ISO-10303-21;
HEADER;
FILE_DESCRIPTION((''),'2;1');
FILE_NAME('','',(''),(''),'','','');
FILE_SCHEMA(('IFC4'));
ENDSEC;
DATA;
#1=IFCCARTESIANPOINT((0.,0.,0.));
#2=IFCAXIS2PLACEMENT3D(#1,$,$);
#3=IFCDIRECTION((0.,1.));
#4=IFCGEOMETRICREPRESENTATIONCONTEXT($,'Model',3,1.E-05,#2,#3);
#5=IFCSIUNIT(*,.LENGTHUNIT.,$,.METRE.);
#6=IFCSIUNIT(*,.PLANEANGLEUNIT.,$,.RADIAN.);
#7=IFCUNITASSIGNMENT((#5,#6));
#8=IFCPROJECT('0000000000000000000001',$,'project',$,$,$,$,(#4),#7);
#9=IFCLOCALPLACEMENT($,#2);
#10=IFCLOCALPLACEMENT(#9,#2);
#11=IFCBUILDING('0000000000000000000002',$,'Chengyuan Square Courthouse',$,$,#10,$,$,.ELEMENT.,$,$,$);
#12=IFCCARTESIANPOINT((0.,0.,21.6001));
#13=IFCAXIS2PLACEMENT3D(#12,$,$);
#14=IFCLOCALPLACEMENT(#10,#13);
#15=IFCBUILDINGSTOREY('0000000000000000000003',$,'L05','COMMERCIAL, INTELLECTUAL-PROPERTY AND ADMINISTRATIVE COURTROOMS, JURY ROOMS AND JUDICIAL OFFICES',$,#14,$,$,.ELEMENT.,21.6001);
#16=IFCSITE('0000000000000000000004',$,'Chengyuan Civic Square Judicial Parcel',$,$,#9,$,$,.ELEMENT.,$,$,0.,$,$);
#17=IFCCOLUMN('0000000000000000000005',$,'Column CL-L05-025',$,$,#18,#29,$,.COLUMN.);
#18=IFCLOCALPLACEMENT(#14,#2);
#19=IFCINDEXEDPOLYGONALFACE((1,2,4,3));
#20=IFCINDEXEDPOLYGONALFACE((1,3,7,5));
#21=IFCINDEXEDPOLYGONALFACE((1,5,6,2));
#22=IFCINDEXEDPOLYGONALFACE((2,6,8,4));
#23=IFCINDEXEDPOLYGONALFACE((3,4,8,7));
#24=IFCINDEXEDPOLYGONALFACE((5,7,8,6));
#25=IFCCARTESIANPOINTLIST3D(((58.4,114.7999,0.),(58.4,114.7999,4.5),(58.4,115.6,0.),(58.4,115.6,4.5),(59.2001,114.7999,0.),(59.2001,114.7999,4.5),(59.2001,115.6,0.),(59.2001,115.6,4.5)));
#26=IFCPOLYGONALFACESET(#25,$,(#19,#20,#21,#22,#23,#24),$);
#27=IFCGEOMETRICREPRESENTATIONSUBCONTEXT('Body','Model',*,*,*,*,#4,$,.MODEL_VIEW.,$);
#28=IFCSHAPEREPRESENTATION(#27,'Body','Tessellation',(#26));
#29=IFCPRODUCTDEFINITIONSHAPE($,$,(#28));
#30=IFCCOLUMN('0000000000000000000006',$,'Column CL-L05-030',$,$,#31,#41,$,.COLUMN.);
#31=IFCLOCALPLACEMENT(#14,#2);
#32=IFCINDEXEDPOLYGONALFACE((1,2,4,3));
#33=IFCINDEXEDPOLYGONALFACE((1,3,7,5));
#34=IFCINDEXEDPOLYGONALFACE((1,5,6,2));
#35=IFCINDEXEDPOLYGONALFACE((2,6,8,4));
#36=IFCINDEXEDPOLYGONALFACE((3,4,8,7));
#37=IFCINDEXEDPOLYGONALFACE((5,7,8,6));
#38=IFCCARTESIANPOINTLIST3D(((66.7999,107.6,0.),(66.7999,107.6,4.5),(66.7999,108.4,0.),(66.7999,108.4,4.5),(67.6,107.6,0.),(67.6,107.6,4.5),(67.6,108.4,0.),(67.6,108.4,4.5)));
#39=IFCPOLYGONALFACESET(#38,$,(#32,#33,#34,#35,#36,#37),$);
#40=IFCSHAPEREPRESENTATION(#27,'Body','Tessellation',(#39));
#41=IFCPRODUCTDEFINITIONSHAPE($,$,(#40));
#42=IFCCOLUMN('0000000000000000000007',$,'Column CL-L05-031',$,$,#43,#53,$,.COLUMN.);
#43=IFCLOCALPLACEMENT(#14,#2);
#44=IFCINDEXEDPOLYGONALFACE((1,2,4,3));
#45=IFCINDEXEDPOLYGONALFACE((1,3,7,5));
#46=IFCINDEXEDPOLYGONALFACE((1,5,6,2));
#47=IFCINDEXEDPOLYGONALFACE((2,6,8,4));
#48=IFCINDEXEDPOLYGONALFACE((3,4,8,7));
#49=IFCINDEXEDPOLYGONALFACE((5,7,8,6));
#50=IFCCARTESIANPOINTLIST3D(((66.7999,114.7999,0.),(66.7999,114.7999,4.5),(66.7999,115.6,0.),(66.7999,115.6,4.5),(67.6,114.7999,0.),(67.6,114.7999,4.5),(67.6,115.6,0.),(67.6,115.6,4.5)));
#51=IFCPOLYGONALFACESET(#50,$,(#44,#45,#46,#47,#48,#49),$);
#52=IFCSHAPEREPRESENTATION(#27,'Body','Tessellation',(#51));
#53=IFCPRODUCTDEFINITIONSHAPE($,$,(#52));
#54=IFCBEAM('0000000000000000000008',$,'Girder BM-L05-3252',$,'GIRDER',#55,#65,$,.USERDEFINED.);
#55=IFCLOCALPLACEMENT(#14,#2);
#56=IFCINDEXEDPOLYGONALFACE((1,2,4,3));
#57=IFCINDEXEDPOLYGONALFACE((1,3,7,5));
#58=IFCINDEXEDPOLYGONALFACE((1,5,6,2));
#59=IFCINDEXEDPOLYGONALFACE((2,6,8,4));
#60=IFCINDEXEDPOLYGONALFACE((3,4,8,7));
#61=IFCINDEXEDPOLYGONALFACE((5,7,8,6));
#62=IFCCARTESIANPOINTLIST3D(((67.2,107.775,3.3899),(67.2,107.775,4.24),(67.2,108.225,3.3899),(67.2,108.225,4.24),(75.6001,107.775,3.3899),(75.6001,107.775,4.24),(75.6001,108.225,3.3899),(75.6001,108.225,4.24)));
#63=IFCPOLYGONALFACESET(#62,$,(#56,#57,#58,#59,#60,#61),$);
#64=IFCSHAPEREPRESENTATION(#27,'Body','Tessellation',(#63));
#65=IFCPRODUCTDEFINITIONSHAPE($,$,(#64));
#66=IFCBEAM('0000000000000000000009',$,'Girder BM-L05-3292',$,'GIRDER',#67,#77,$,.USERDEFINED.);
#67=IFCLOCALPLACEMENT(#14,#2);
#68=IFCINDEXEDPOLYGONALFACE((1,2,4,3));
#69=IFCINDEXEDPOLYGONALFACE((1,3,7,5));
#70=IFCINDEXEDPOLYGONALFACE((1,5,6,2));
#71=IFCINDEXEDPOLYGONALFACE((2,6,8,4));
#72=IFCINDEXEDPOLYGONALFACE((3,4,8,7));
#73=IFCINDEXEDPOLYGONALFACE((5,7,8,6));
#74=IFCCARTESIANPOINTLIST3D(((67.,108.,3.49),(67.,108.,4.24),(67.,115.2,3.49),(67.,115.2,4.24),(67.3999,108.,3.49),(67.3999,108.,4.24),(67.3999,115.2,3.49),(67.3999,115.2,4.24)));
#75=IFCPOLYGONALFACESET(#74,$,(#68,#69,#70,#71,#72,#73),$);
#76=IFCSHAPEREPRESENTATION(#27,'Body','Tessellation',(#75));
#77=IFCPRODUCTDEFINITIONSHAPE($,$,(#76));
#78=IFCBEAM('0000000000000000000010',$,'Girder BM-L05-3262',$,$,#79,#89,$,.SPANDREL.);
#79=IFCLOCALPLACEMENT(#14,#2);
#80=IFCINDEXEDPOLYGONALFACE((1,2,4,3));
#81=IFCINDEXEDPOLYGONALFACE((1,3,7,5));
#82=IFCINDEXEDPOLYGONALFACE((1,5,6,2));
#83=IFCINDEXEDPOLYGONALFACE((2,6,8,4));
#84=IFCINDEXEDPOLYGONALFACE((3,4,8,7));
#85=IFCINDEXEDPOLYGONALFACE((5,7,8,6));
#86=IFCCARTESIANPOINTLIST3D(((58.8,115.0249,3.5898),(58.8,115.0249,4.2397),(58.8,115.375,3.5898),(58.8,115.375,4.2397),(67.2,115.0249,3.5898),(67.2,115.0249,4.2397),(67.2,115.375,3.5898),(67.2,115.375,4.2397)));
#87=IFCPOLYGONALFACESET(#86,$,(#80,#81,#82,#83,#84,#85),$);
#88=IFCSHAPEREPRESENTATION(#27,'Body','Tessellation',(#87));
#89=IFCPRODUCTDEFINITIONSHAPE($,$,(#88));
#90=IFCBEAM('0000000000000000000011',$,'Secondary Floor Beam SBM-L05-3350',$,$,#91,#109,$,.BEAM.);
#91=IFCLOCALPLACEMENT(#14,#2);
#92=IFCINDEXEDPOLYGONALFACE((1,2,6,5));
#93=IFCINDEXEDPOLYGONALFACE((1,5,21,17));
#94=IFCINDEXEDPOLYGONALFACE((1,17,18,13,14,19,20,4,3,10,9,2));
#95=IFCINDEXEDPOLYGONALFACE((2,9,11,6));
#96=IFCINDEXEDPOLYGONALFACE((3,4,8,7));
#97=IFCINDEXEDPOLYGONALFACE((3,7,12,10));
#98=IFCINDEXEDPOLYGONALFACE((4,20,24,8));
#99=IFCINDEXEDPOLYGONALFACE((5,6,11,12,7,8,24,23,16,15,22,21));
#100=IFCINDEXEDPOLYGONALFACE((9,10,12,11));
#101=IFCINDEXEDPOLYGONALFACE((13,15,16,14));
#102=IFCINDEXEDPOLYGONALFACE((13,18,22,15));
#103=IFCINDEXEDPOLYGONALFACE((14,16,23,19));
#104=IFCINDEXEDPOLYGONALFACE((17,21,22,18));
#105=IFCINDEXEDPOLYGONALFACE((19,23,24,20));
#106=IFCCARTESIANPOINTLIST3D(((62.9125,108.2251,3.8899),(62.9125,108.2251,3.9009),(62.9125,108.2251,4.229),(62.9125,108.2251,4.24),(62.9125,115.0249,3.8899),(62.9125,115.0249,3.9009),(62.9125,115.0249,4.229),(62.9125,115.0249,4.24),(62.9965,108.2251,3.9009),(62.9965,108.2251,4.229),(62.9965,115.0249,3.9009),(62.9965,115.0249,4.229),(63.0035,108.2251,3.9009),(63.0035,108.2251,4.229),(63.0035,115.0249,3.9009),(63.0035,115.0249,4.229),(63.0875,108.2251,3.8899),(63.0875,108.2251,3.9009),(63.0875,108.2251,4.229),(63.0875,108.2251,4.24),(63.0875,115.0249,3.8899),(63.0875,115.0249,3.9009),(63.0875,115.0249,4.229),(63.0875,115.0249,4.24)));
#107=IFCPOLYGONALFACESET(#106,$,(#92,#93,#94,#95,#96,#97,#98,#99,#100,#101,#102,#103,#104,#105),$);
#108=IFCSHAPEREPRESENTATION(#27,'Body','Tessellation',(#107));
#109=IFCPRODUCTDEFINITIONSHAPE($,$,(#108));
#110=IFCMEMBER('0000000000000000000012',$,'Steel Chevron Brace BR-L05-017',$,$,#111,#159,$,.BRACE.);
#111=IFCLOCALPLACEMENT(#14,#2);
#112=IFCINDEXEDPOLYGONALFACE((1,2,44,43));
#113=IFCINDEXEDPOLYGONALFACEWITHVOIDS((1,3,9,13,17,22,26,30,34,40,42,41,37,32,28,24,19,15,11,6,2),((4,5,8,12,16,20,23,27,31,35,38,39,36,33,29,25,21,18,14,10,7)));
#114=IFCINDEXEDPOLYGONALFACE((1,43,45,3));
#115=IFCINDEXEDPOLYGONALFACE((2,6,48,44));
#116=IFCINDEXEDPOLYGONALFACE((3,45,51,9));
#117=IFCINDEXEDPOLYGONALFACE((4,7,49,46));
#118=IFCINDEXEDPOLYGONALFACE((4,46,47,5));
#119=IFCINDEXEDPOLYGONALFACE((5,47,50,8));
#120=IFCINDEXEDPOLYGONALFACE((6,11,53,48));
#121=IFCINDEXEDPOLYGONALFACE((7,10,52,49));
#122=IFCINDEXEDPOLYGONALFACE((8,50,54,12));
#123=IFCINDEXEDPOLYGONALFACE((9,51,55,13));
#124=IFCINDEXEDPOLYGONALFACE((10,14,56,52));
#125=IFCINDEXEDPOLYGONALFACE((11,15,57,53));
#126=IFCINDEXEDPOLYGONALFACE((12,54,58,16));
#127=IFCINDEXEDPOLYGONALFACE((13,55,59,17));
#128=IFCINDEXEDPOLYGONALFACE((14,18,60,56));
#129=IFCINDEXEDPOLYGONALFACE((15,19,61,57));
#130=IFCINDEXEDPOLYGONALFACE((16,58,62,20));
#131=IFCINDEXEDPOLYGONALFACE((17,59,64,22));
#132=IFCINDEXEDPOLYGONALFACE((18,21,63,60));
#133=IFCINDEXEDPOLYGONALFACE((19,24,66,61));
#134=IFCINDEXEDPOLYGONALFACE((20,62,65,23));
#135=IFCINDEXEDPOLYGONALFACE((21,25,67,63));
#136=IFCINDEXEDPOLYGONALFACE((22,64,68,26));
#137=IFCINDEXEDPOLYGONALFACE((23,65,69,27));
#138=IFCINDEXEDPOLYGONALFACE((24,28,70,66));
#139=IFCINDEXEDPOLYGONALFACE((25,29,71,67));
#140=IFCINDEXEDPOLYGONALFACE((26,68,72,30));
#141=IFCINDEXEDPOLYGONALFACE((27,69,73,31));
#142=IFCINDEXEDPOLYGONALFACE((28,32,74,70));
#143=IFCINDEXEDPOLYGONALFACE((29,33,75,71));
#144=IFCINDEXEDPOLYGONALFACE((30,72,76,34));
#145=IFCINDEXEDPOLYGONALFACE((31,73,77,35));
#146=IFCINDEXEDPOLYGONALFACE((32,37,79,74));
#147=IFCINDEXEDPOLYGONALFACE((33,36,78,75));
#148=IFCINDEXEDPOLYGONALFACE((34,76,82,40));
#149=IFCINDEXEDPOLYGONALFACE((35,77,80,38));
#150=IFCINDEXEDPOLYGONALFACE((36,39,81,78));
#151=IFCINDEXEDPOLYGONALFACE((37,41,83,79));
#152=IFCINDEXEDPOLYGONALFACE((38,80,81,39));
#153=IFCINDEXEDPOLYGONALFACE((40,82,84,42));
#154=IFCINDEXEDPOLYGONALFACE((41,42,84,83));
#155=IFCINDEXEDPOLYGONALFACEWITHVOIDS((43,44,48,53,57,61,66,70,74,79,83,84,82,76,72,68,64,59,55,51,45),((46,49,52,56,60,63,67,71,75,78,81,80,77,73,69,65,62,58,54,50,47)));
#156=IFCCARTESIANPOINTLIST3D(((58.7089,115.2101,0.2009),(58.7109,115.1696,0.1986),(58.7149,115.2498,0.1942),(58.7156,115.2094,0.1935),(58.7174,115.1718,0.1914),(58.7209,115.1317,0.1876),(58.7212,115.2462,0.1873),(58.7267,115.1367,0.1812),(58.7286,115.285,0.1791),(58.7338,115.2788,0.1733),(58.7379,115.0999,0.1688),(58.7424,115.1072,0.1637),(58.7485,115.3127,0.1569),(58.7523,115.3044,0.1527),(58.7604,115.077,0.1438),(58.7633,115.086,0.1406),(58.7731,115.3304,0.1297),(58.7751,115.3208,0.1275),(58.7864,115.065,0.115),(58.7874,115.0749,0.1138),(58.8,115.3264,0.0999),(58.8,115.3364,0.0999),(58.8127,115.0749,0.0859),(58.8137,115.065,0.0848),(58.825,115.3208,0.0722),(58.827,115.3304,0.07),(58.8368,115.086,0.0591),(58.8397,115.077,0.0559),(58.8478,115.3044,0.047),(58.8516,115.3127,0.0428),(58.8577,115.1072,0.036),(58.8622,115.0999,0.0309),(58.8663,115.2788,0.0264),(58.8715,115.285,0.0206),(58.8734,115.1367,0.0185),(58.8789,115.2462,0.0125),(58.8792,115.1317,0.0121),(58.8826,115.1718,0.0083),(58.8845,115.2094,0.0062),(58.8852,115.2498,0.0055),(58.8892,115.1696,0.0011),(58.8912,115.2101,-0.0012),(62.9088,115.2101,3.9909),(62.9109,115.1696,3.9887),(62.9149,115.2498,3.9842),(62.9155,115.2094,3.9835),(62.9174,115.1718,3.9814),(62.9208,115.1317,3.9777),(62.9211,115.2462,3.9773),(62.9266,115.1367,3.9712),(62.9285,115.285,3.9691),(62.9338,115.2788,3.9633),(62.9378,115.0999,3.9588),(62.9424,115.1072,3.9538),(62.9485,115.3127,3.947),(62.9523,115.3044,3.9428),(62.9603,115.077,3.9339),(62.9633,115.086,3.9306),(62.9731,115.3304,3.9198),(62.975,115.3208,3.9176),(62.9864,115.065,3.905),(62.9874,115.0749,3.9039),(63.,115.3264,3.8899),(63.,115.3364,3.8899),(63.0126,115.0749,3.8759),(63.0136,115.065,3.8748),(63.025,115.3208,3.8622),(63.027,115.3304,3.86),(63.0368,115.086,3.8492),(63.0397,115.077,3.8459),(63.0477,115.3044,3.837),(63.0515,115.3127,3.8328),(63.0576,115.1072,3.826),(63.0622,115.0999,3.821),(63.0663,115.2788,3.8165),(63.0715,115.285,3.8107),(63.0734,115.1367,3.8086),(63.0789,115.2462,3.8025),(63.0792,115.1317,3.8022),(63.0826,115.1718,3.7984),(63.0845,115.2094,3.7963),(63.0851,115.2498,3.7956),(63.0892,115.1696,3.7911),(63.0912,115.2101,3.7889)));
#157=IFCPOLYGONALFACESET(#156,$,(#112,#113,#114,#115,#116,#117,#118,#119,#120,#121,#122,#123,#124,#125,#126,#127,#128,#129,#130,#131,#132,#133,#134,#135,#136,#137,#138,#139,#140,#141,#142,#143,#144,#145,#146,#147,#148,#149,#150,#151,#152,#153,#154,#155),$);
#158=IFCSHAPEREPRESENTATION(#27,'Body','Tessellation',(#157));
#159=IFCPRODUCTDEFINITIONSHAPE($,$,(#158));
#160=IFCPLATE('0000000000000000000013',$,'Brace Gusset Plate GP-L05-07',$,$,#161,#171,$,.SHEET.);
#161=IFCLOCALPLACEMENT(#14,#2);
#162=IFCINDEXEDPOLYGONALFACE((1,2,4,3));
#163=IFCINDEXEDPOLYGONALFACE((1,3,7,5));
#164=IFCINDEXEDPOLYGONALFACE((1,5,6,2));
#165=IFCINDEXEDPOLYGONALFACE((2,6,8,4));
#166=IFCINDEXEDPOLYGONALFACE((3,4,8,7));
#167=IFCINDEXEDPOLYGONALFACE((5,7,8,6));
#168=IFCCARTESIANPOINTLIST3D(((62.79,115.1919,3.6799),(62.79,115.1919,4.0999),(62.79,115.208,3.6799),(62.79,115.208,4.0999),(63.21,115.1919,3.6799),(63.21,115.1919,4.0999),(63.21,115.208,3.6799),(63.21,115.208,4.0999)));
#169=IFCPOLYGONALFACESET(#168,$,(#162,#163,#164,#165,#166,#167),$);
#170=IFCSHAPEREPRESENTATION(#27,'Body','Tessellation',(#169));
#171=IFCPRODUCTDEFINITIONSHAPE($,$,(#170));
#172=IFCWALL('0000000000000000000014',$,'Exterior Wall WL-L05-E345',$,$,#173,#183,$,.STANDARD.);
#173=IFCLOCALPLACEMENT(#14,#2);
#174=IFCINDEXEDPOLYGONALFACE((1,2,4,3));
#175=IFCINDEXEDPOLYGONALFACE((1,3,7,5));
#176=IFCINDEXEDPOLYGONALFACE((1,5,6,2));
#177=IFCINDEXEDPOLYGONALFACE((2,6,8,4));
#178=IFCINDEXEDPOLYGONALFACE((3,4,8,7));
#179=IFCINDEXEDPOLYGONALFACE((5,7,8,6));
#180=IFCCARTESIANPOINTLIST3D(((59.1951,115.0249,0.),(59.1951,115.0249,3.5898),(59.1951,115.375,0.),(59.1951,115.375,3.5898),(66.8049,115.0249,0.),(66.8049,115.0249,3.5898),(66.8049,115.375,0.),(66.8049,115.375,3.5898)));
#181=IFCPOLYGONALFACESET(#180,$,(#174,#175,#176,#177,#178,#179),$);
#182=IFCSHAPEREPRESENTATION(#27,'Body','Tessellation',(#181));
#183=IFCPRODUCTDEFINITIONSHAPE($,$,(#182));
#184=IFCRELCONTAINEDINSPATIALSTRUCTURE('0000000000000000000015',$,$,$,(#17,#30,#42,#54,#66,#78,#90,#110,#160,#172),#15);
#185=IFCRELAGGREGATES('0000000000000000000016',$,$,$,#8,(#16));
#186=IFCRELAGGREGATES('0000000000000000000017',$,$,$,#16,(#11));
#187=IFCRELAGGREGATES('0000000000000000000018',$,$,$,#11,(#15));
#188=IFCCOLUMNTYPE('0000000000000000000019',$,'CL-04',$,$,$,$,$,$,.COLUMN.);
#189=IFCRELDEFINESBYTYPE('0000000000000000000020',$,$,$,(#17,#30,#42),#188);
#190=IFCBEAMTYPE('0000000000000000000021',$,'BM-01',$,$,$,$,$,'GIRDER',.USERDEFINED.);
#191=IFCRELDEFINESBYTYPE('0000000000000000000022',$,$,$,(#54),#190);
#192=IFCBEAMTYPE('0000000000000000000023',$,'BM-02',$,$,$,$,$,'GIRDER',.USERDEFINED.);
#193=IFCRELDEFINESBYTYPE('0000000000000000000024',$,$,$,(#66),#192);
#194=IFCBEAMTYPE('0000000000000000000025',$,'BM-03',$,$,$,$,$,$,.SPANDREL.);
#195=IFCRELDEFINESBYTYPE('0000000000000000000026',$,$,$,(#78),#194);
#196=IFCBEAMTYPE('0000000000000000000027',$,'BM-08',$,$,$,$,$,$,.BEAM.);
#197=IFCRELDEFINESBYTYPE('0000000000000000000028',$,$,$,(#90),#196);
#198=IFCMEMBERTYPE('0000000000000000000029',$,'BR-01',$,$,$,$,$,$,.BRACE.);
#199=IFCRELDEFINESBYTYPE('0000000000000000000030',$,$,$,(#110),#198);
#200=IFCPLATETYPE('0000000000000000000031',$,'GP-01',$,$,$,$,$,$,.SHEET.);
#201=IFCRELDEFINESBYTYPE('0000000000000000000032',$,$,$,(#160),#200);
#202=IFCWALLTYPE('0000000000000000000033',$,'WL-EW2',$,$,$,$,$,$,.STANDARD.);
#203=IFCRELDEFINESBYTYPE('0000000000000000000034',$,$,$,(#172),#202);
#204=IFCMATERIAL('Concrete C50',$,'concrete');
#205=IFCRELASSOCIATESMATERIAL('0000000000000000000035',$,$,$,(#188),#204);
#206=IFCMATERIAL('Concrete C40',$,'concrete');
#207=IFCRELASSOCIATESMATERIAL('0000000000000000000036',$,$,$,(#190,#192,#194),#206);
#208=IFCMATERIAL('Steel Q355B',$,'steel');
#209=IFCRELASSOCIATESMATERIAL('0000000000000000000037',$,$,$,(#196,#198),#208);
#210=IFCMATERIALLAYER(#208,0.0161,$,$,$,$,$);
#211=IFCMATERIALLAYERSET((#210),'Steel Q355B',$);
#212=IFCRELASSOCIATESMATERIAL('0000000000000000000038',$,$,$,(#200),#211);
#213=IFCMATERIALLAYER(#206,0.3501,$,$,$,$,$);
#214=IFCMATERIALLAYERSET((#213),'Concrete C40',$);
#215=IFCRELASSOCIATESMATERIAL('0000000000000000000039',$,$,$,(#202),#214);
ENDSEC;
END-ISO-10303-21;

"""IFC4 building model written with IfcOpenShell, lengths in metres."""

from ifc_helpers import new_model, si_unit, direction, frame, frame_2d, origin, origin_2d, place, context, subcontext, project, spatial, rectangle, hollow_circle, i_section, extrude, material, layer, layer_set, material_profile, profile_set, type_object, element, save


model = new_model("IFC4")

# Units and contexts
model_context = context("Model", 3, precision=1e-05, world=origin(), true_north=direction((0.0, 1.0)))
body_context = subcontext(model_context, "Body", "Model", "MODEL_VIEW")
ifc_project = project(units=[si_unit("LENGTHUNIT", "METRE"), si_unit("PLANEANGLEUNIT", "RADIAN")], contexts=[model_context])

# Site, building, storey
site_placement = place(None, origin())
site = spatial("IfcSite", under=ifc_project, at=site_placement, Name="Chengyuan Civic Square Judicial Parcel", CompositionType="ELEMENT", RefElevation=0.0)
building_placement = place(site_placement, origin())
building = spatial("IfcBuilding", under=site, at=building_placement, Name="Chengyuan Square Courthouse", CompositionType="ELEMENT")
storey_placement = place(building_placement, frame((0.0, 0.0, 21.6001)))
storey = spatial("IfcBuildingStorey", under=building, at=storey_placement, Name="L05", Description="COMMERCIAL, INTELLECTUAL-PROPERTY AND ADMINISTRATIVE COURTROOMS, JURY ROOMS AND JUDICIAL OFFICES", CompositionType="ELEMENT", Elevation=21.6001)

# Columns
ifc_material_1 = material(Name="Concrete C50", Category="concrete")
ifc_material_profile_1 = material_profile(ifc_material_1, rectangle(XDim=0.8, YDim=0.8, at=origin_2d()), Name="RC-COL-800x800")
ifc_profile_set_1 = profile_set([ifc_material_profile_1], Name="Concrete C50")
column_type = type_object("IfcColumnType", Name="CL-04", PredefinedType="COLUMN", material=ifc_profile_set_1)
for number, where, z_axis, x_axis, name in (
    (1, (58.8, 115.2, 0.0), (0.0, 0.0, 1.0), (1.0, 0.0, 0.0), "Column CL-L05-025"),
    (2, (67.2, 108.0, 0.0), (0.0, 0.0, 1.0), (1.0, 0.0, 0.0), "Column CL-L05-030"),
    (3, (67.2, 115.2, 0.0), (0.0, 0.0, 1.0), (1.0, 0.0, 0.0), "Column CL-L05-031"),
):
    element("IfcColumn", number, at=place(storey_placement, frame(where, z_axis=z_axis, x_axis=x_axis)), inside=storey, type_object=column_type, Name=name, PredefinedType="COLUMN", context=body_context, shape_type="SweptSolid", body=[
        extrude(rectangle(XDim=0.8, YDim=0.8, at=origin_2d()), origin(), (0.0, 0.0, 1.0), 4.5),
    ])

# Beams
ifc_material_2 = material(Name="Concrete C40", Category="concrete")
ifc_material_profile_2 = material_profile(ifc_material_2, rectangle(XDim=0.45, YDim=0.8501, at=origin_2d()), Name="RC-BM-450x850")
ifc_profile_set_2 = profile_set([ifc_material_profile_2], Name="Concrete C40")
beam_type_1 = type_object("IfcBeamType", Name="BM-01", ElementType="GIRDER", PredefinedType="USERDEFINED", material=ifc_profile_set_2)
beam_1_placement = place(storey_placement, frame((67.2, 108.0, 3.8149), z_axis=(1.0, 0.0, 0.0), x_axis=(0.0, 1.0, 0.0)))
element("IfcBeam", 4, at=beam_1_placement, inside=storey, type_object=beam_type_1, Name="Girder BM-L05-3252", ObjectType="GIRDER", PredefinedType="USERDEFINED", context=body_context, shape_type="SweptSolid", body=[
    extrude(rectangle(XDim=0.45, YDim=0.8501, at=origin_2d()), origin(), (0.0, 0.0, 1.0), 8.4001),
])
ifc_material_profile_3 = material_profile(ifc_material_2, rectangle(XDim=0.3999, YDim=0.75, at=origin_2d()), Name="RC-BM-400x750")
ifc_profile_set_3 = profile_set([ifc_material_profile_3], Name="Concrete C40")
beam_type_2 = type_object("IfcBeamType", Name="BM-02", ElementType="GIRDER", PredefinedType="USERDEFINED", material=ifc_profile_set_3)
beam_2_placement = place(storey_placement, frame((67.2, 108.0, 3.865), z_axis=(0.0, 1.0, 0.0), x_axis=(-1.0, 0.0, 0.0)))
element("IfcBeam", 5, at=beam_2_placement, inside=storey, type_object=beam_type_2, Name="Girder BM-L05-3292", ObjectType="GIRDER", PredefinedType="USERDEFINED", context=body_context, shape_type="SweptSolid", body=[
    extrude(rectangle(XDim=0.3999, YDim=0.75, at=origin_2d()), origin(), (0.0, 0.0, 1.0), 7.2),
])
ifc_material_profile_4 = material_profile(ifc_material_2, rectangle(XDim=0.3501, YDim=0.6499, at=origin_2d()), Name="RC-BM-350x650")
ifc_profile_set_4 = profile_set([ifc_material_profile_4], Name="Concrete C40")
beam_type_3 = type_object("IfcBeamType", Name="BM-03", PredefinedType="SPANDREL", material=ifc_profile_set_4)
beam_3_placement = place(storey_placement, frame((58.8, 115.2, 3.9148), z_axis=(1.0, 0.0, 0.0), x_axis=(0.0, 1.0, 0.0)))
element("IfcBeam", 6, at=beam_3_placement, inside=storey, type_object=beam_type_3, Name="Girder BM-L05-3262", PredefinedType="SPANDREL", context=body_context, shape_type="SweptSolid", body=[
    extrude(rectangle(XDim=0.3501, YDim=0.6499, at=origin_2d()), origin(), (0.0, 0.0, 1.0), 8.3999),
])
ifc_material_3 = material(Name="Steel Q355B", Category="steel")
ifc_material_profile_5 = material_profile(ifc_material_3, i_section(OverallWidth=0.175, OverallDepth=0.3501, WebThickness=0.0071, FlangeThickness=0.011, at=origin_2d()), Name="HN 350x175x7x11")
ifc_profile_set_5 = profile_set([ifc_material_profile_5], Name="Steel Q355B")
beam_type_4 = type_object("IfcBeamType", Name="BM-08", PredefinedType="BEAM", material=ifc_profile_set_5)
beam_4_placement = place(storey_placement, frame((63.0, 108.2251, 4.0649), z_axis=(0.0, 1.0, 0.0), x_axis=(-1.0, 0.0, 0.0)))
element("IfcBeam", 7, at=beam_4_placement, inside=storey, type_object=beam_type_4, Name="Secondary Floor Beam SBM-L05-3350", PredefinedType="BEAM", context=body_context, shape_type="SweptSolid", body=[
    extrude(i_section(OverallWidth=0.175, OverallDepth=0.3501, WebThickness=0.0071, FlangeThickness=0.011, at=origin_2d()), origin(), (0.0, 0.0, 1.0), 6.7998),
])

# Member
ifc_material_profile_6 = material_profile(ifc_material_3, hollow_circle(Radius=0.1365, WallThickness=0.01, at=origin_2d()), Name="CHS 273x10")
ifc_profile_set_6 = profile_set([ifc_material_profile_6], Name="Steel Q355B")
member_type = type_object("IfcMemberType", Name="BR-01", PredefinedType="BRACE", material=ifc_profile_set_6)
member_placement = place(storey_placement, frame((58.8, 115.2, 0.0999), z_axis=(0.742407, 0.0, 0.669949), x_axis=(0.0, 1.0, 0.0)))
element("IfcMember", 8, at=member_placement, inside=storey, type_object=member_type, Name="Steel Chevron Brace BR-L05-017", PredefinedType="BRACE", context=body_context, shape_type="SweptSolid", body=[
    extrude(hollow_circle(Radius=0.1365, WallThickness=0.01, at=origin_2d()), origin(), (0.0, 0.0, 1.0), 5.6572),
])

# Plate
ifc_layer_1 = layer(ifc_material_3, 0.0161)
ifc_layer_set_1 = layer_set([ifc_layer_1], Name="Steel Q355B")
plate_type = type_object("IfcPlateType", Name="GP-01", PredefinedType="SHEET", material=ifc_layer_set_1)
plate_placement = place(storey_placement, frame((63.0, 115.2, 3.6799), z_axis=(0.0, 0.0, 1.0), x_axis=(1.0, 0.0, 0.0)))
element("IfcPlate", 9, at=plate_placement, inside=storey, type_object=plate_type, Name="Brace Gusset Plate GP-L05-07", PredefinedType="SHEET", context=body_context, shape_type="SweptSolid", body=[
    extrude(rectangle(XDim=0.4199, YDim=0.0161, at=origin_2d()), origin(), (0.0, 0.0, 1.0), 0.4199),
])

# Wall
ifc_layer_2 = layer(ifc_material_2, 0.3501)
ifc_layer_set_2 = layer_set([ifc_layer_2], Name="Concrete C40")
wall_type_1 = type_object("IfcWallType", Name="WL-EW2", PredefinedType="STANDARD", material=ifc_layer_set_2)
wall_1_placement = place(storey_placement, frame((59.1951, 115.2, 0.0), z_axis=(0.0, 0.0, 1.0), x_axis=(1.0, 0.0, 0.0)))
element("IfcWall", 10, at=wall_1_placement, inside=storey, type_object=wall_type_1, Name="Exterior Wall WL-L05-E345", PredefinedType="STANDARD", context=body_context, shape_type="SweptSolid", body=[
    extrude(rectangle(XDim=7.6099, YDim=0.3501, at=frame_2d((3.8049, 0.0))), origin(), (0.0, 0.0, 1.0), 3.5898),
])

save(model, "model.ifc")
